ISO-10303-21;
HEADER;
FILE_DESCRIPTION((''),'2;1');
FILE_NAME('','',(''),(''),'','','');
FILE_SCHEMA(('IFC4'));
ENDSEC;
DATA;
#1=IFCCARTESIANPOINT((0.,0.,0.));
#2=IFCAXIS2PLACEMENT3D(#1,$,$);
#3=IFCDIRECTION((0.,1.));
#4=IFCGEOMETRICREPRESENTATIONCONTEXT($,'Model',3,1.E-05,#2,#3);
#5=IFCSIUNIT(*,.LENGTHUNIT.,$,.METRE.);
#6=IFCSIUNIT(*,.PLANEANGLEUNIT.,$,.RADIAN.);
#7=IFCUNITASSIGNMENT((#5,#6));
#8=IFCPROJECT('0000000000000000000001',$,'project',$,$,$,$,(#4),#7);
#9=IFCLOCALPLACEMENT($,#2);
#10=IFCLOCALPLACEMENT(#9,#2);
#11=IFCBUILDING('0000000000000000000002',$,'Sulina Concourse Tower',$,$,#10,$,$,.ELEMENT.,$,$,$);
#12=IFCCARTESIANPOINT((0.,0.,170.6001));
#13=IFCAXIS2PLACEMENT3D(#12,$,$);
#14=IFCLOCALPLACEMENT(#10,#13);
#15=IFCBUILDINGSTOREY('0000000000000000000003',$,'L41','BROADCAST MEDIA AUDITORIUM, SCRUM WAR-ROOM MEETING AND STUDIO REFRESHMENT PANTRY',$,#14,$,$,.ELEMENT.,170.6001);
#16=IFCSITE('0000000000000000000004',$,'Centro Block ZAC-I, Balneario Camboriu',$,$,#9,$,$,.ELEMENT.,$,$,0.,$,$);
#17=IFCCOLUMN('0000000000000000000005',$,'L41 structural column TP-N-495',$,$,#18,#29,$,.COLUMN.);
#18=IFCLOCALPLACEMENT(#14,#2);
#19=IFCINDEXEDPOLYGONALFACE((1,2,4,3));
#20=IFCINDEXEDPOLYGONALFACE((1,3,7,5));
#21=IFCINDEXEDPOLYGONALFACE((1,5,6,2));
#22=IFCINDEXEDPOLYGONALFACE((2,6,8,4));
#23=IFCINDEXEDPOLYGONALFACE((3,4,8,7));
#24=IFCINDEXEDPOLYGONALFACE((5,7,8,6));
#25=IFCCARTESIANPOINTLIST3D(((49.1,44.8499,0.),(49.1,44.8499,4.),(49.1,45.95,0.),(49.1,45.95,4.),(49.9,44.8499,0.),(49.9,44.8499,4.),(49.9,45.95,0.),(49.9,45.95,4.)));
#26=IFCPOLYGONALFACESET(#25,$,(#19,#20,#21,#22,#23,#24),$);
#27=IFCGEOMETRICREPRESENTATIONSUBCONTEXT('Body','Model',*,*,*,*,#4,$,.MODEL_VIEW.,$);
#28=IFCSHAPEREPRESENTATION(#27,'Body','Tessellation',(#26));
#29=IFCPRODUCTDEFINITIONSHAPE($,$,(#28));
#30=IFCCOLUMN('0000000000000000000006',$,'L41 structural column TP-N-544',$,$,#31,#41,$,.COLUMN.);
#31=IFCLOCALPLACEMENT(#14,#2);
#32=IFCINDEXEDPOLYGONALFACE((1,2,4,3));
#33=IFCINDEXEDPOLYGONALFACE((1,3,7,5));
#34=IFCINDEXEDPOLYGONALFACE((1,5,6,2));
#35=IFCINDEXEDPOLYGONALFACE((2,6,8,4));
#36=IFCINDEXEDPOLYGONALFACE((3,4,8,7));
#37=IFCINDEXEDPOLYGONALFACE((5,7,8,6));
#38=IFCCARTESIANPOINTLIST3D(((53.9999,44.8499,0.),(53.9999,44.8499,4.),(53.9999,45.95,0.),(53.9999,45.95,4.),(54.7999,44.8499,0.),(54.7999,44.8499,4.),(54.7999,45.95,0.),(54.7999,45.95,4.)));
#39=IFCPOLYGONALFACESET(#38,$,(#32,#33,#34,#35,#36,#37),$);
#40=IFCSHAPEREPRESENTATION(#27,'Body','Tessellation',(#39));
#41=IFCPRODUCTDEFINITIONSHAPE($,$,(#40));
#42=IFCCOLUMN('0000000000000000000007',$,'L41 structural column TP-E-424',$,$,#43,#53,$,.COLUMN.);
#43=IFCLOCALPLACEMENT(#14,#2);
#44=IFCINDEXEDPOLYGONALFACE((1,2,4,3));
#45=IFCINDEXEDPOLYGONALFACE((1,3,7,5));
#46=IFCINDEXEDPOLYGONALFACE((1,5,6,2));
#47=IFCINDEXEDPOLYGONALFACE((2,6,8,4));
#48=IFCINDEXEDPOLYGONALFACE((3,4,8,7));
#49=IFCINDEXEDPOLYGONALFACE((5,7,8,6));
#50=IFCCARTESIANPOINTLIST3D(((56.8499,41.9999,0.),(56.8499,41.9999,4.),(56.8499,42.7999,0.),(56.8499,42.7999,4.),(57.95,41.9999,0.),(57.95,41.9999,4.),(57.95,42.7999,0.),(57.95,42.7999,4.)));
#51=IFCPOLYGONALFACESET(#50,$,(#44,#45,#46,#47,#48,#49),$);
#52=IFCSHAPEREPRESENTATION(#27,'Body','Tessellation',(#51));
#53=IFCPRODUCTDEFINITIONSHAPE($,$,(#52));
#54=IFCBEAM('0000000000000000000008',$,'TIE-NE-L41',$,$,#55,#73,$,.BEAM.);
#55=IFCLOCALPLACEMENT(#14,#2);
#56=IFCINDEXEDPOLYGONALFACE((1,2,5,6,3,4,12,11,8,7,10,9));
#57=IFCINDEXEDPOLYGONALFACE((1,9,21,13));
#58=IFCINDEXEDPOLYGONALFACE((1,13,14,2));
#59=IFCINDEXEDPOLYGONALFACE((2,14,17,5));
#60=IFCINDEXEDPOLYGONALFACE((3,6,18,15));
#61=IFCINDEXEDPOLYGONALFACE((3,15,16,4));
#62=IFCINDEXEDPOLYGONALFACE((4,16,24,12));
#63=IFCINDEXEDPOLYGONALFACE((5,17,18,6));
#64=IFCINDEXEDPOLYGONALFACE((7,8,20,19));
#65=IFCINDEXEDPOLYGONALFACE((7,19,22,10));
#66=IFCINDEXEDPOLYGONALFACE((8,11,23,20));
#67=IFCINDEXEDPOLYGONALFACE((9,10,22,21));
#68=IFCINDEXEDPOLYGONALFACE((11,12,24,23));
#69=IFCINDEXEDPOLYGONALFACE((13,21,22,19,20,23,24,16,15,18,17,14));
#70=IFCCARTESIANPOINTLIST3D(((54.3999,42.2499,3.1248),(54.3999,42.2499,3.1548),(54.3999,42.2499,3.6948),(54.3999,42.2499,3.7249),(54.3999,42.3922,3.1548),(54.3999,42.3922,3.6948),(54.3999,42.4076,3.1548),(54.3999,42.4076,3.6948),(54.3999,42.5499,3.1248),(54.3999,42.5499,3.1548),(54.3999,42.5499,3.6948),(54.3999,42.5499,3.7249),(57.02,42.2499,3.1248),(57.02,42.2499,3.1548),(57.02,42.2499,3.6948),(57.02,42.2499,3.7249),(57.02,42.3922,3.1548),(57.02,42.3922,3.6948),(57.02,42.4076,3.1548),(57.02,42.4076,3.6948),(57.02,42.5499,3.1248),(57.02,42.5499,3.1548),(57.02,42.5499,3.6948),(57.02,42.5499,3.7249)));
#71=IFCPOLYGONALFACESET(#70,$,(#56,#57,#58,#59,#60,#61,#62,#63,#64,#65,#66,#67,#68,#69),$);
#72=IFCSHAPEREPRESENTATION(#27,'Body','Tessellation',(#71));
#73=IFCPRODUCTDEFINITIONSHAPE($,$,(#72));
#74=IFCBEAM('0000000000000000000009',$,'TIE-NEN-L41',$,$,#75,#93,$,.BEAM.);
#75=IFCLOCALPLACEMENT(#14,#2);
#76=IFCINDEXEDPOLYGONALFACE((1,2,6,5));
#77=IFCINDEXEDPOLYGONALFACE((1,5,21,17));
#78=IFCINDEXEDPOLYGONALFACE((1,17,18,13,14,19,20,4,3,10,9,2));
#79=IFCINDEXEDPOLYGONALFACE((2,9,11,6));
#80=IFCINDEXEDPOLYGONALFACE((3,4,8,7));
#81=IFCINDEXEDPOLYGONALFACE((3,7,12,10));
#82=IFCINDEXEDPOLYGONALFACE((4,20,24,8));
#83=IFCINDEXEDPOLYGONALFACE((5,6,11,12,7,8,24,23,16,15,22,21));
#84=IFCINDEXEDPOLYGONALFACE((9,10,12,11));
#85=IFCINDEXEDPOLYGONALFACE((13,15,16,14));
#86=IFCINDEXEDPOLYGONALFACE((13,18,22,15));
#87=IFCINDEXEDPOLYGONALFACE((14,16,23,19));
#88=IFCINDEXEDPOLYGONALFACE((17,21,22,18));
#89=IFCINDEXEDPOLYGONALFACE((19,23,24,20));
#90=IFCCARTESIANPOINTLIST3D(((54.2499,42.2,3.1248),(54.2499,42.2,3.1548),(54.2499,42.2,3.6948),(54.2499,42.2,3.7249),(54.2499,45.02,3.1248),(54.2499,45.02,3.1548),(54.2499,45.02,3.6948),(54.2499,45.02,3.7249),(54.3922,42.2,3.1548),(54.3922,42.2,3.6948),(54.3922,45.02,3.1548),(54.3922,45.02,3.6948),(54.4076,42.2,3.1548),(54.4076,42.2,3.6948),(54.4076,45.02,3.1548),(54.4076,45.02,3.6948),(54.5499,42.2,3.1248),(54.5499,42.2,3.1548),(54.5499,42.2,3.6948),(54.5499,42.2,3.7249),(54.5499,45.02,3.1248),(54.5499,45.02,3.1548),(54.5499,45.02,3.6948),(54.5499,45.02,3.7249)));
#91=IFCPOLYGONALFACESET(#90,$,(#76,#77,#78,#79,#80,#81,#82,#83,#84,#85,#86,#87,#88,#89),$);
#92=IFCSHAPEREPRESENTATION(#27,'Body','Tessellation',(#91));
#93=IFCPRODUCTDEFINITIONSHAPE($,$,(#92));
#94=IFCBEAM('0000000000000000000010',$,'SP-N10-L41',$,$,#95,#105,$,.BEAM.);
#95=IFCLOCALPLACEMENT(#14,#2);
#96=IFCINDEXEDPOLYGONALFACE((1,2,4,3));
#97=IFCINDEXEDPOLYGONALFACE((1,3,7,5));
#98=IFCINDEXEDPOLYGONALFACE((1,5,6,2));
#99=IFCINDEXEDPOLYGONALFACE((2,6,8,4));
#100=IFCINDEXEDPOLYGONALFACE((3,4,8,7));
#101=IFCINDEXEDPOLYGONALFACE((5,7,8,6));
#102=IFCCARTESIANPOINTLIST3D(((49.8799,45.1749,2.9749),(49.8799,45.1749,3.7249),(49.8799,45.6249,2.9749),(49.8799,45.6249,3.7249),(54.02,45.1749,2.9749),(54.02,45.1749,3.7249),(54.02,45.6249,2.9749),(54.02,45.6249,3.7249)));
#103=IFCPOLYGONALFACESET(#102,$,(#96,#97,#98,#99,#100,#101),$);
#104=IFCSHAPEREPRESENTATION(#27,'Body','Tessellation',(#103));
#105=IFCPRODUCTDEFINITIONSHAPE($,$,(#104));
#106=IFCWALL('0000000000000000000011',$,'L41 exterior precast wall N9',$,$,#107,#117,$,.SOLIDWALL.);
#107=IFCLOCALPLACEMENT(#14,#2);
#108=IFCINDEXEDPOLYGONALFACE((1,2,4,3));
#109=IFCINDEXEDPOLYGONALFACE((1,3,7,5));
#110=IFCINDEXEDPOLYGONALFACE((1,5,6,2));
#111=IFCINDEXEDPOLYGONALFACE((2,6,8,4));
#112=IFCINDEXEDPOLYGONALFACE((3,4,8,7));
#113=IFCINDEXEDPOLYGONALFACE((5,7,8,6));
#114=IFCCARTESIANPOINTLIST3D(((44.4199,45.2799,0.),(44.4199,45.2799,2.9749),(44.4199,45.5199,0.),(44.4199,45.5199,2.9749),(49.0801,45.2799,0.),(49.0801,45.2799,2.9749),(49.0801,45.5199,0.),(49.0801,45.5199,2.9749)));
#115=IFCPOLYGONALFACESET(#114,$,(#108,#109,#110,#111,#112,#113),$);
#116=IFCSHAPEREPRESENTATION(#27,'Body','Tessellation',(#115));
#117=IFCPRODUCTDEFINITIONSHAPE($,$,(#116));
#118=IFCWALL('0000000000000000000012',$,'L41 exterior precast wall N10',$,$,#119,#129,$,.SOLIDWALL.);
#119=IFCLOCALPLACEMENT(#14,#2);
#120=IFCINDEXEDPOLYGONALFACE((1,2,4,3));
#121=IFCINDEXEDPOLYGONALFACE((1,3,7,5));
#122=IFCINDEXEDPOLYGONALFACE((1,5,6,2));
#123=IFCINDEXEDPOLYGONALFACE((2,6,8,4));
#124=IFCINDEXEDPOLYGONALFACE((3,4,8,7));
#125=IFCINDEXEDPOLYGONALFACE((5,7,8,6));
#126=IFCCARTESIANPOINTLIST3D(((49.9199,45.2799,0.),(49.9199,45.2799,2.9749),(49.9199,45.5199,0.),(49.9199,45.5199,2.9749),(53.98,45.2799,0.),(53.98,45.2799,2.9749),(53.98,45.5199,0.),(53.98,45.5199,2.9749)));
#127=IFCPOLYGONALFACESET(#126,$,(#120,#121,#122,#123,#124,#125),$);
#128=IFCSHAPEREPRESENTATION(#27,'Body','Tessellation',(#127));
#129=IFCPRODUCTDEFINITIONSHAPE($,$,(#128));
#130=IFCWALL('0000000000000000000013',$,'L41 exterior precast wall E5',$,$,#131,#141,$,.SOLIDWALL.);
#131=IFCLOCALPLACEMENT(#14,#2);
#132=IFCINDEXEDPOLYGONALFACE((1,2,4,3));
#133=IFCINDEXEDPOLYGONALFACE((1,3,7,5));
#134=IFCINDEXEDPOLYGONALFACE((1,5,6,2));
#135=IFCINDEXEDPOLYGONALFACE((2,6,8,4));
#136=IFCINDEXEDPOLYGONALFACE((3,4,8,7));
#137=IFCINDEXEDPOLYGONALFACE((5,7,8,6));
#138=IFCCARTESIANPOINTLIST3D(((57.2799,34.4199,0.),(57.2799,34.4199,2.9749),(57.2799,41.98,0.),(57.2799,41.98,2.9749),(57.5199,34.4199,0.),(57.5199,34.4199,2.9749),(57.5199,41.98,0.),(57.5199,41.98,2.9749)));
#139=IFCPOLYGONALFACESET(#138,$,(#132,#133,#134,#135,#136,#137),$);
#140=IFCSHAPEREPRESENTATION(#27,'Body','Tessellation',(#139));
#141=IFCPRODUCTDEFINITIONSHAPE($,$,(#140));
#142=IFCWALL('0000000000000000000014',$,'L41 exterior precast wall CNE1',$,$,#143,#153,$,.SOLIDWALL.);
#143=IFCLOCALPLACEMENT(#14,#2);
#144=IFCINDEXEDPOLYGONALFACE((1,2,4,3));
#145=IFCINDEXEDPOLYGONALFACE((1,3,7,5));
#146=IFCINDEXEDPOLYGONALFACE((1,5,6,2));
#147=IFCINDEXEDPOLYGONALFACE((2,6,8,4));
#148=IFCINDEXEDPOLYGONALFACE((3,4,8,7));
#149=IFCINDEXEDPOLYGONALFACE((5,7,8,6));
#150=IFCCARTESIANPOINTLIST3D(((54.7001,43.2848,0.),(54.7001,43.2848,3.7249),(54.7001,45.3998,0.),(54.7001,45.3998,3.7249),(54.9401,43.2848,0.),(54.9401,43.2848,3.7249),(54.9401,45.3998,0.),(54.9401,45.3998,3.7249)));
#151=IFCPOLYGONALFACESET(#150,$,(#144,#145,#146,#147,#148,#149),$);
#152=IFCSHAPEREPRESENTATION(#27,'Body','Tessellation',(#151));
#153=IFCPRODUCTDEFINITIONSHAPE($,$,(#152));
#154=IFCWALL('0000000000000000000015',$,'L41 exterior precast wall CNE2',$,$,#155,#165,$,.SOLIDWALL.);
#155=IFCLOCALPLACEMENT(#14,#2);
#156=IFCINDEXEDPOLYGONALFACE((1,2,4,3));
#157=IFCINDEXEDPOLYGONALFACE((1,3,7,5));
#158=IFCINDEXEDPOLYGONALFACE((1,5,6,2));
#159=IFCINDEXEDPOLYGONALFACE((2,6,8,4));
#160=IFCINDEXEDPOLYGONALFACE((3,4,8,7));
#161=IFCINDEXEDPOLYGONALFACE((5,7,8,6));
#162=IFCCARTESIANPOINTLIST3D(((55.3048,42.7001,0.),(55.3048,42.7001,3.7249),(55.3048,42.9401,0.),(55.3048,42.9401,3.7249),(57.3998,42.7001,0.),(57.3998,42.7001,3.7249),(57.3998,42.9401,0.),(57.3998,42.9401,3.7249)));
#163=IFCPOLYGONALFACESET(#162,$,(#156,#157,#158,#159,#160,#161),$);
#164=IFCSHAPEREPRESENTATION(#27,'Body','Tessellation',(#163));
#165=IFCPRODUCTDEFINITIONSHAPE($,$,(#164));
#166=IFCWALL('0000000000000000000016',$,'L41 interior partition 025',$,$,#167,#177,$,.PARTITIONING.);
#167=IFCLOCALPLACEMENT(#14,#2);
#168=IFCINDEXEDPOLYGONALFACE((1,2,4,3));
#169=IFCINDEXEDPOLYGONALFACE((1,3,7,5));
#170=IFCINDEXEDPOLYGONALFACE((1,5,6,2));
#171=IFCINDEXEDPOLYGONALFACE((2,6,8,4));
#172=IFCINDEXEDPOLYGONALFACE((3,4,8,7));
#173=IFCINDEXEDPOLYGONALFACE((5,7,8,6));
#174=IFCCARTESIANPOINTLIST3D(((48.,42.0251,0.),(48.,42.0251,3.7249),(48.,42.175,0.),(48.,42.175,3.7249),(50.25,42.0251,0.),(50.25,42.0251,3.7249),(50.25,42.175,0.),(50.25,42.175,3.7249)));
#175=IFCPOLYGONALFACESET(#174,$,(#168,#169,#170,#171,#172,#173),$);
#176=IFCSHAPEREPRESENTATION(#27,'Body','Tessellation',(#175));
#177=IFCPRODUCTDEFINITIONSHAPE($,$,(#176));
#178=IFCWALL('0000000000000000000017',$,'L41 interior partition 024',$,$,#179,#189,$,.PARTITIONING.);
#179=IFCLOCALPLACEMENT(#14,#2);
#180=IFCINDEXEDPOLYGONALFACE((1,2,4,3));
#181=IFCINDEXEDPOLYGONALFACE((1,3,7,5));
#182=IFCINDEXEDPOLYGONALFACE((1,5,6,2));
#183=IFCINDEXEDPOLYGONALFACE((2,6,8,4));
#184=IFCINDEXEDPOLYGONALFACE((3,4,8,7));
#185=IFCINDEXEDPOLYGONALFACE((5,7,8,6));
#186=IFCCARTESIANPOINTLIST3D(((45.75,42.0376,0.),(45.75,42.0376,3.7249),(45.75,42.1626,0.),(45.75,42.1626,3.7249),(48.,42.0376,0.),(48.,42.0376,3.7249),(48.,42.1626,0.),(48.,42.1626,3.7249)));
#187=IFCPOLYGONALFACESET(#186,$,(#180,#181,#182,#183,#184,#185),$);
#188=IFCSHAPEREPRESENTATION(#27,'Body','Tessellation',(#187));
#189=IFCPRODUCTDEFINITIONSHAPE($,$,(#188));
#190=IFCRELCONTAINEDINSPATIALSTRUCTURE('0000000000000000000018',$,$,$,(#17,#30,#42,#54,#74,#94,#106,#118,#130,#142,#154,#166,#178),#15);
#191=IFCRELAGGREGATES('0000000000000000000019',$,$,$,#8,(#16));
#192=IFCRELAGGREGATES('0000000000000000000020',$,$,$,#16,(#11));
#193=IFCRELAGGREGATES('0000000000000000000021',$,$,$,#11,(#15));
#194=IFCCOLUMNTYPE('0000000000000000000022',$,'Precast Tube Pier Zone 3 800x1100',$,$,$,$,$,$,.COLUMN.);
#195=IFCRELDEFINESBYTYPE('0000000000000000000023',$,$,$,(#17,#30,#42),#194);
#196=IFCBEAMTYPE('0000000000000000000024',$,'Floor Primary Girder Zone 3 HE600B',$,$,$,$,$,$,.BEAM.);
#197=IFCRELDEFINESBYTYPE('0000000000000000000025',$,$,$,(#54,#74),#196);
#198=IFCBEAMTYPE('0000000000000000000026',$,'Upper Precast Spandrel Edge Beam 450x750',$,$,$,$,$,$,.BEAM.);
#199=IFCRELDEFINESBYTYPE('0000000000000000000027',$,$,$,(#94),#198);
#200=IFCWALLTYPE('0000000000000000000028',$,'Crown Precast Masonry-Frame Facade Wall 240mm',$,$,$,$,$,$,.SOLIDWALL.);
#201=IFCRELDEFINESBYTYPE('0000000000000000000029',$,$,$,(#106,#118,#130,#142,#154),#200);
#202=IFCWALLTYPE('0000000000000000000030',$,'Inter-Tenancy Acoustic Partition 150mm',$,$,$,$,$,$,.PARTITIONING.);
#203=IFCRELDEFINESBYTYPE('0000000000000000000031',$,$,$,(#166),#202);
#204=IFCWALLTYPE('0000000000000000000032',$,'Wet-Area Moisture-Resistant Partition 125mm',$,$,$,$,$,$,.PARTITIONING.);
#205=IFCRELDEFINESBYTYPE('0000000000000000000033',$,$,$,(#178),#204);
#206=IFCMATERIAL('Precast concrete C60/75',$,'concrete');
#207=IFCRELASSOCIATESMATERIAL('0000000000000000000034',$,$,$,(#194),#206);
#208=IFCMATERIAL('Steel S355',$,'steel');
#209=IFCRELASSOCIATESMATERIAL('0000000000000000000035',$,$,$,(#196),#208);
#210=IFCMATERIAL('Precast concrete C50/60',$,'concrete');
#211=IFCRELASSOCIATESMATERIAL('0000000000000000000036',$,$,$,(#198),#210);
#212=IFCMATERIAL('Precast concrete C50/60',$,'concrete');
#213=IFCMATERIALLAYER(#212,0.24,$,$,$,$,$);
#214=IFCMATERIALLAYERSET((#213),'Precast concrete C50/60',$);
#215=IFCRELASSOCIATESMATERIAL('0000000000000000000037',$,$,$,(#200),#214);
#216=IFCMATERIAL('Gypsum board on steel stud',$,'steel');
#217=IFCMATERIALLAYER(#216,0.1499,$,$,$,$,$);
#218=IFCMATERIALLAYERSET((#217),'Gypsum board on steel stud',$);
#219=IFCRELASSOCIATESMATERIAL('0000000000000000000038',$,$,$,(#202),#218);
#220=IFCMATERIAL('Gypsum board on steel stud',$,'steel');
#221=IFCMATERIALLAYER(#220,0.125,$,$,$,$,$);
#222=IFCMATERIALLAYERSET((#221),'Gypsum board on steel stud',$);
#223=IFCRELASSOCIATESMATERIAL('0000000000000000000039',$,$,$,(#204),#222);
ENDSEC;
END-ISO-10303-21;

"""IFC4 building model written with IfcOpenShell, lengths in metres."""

from ifc_helpers import new_model, si_unit, direction, frame, frame_2d, origin, origin_2d, place, context, subcontext, project, spatial, rectangle, i_section, extrude, material, layer, layer_set, material_profile, profile_set, type_object, element, save


model = new_model("IFC4")

# Units and contexts
model_context = context("Model", 3, precision=1e-05, world=origin(), true_north=direction((0.0, 1.0)))
body_context = subcontext(model_context, "Body", "Model", "MODEL_VIEW")
ifc_project = project(units=[si_unit("LENGTHUNIT", "METRE"), si_unit("PLANEANGLEUNIT", "RADIAN")], contexts=[model_context])

# Site, building, storey
site_placement = place(None, origin())
site = spatial("IfcSite", under=ifc_project, at=site_placement, Name="Centro Block ZAC-I, Balneario Camboriu", CompositionType="ELEMENT", RefElevation=0.0)
building_placement = place(site_placement, origin())
building = spatial("IfcBuilding", under=site, at=building_placement, Name="Sulina Concourse Tower", CompositionType="ELEMENT")
storey_placement = place(building_placement, frame((0.0, 0.0, 170.6001)))
storey = spatial("IfcBuildingStorey", under=building, at=storey_placement, Name="L41", Description="BROADCAST MEDIA AUDITORIUM, SCRUM WAR-ROOM MEETING AND STUDIO REFRESHMENT PANTRY", CompositionType="ELEMENT", Elevation=170.6001)

# Columns
ifc_material_1 = material(Name="Precast concrete C60/75", Category="concrete")
ifc_material_profile_1 = material_profile(ifc_material_1, rectangle(XDim=0.8, YDim=1.1001, at=origin_2d()), Name="PC 800x1100")
ifc_profile_set_1 = profile_set([ifc_material_profile_1], Name="Precast concrete C60/75")
column_type = type_object("IfcColumnType", Name="Precast Tube Pier Zone 3 800x1100", PredefinedType="COLUMN", material=ifc_profile_set_1)
for number, where, z_axis, x_axis, name in (
    (1, (49.5, 45.3999, 0.0), (0.0, 0.0, 1.0), (1.0, 0.0, 0.0), "L41 structural column TP-N-495"),
    (2, (54.3999, 45.3999, 0.0), (0.0, 0.0, 1.0), (1.0, 0.0, 0.0), "L41 structural column TP-N-544"),
    (3, (57.3999, 42.3999, 0.0), (0.0, 0.0, 1.0), (0.0, 1.0, 0.0), "L41 structural column TP-E-424"),
):
    element("IfcColumn", number, at=place(storey_placement, frame(where, z_axis=z_axis, x_axis=x_axis)), inside=storey, type_object=column_type, Name=name, PredefinedType="COLUMN", context=body_context, shape_type="SweptSolid", body=[
        extrude(rectangle(XDim=0.8, YDim=1.1001, at=origin_2d()), origin(), (0.0, 0.0, 1.0), 4.0),
    ])

# Beams
ifc_material_2 = material(Name="Steel S355", Category="steel")
ifc_material_profile_2 = material_profile(ifc_material_2, i_section(OverallWidth=0.3, OverallDepth=0.6001, WebThickness=0.0154, FlangeThickness=0.03, at=origin_2d()), Name="HE 600 B")
ifc_profile_set_2 = profile_set([ifc_material_profile_2], Name="Steel S355")
beam_type_1 = type_object("IfcBeamType", Name="Floor Primary Girder Zone 3 HE600B", PredefinedType="BEAM", material=ifc_profile_set_2)
beam_1_placement = place(storey_placement, frame((54.3999, 42.3999, 3.4248), z_axis=(1.0, 0.0, 0.0), x_axis=(0.0, 1.0, 0.0)))
element("IfcBeam", 4, at=beam_1_placement, inside=storey, type_object=beam_type_1, Name="TIE-NE-L41", PredefinedType="BEAM", context=body_context, shape_type="SweptSolid", body=[
    extrude(i_section(OverallWidth=0.3, OverallDepth=0.6001, WebThickness=0.0154, FlangeThickness=0.03, at=origin_2d()), origin(), (0.0, 0.0, 1.0), 2.6201),
])
beam_2_placement = place(storey_placement, frame((54.3999, 42.2, 3.4248), z_axis=(0.0, 1.0, 0.0), x_axis=(-1.0, 0.0, 0.0)))
element("IfcBeam", 5, at=beam_2_placement, inside=storey, type_object=beam_type_1, Name="TIE-NEN-L41", PredefinedType="BEAM", context=body_context, shape_type="SweptSolid", body=[
    extrude(i_section(OverallWidth=0.3, OverallDepth=0.6001, WebThickness=0.0154, FlangeThickness=0.03, at=origin_2d()), origin(), (0.0, 0.0, 1.0), 2.8201),
])
ifc_material_3 = material(Name="Precast concrete C50/60", Category="concrete")
ifc_material_profile_3 = material_profile(ifc_material_3, rectangle(XDim=0.45, YDim=0.75, at=origin_2d()), Name="RC 450x750")
ifc_profile_set_3 = profile_set([ifc_material_profile_3], Name="Precast concrete C50/60")
beam_type_2 = type_object("IfcBeamType", Name="Upper Precast Spandrel Edge Beam 450x750", PredefinedType="BEAM", material=ifc_profile_set_3)
beam_3_placement = place(storey_placement, frame((49.8799, 45.3999, 3.3499), z_axis=(1.0, 0.0, 0.0), x_axis=(0.0, 1.0, 0.0)))
element("IfcBeam", 6, at=beam_3_placement, inside=storey, type_object=beam_type_2, Name="SP-N10-L41", PredefinedType="BEAM", context=body_context, shape_type="SweptSolid", body=[
    extrude(rectangle(XDim=0.45, YDim=0.75, at=origin_2d()), origin(), (0.0, 0.0, 1.0), 4.1401),
])

# Walls
ifc_material_4 = material(Name="Precast concrete C50/60", Category="concrete")
ifc_layer_1 = layer(ifc_material_4, 0.24)
ifc_layer_set_1 = layer_set([ifc_layer_1], Name="Precast concrete C50/60")
wall_type_1 = type_object("IfcWallType", Name="Crown Precast Masonry-Frame Facade Wall 240mm", PredefinedType="SOLIDWALL", material=ifc_layer_set_1)
wall_1_placement = place(storey_placement, frame((44.4199, 45.3999, 0.0), z_axis=(0.0, 0.0, 1.0), x_axis=(1.0, 0.0, 0.0)))
element("IfcWall", 7, at=wall_1_placement, inside=storey, type_object=wall_type_1, Name="L41 exterior precast wall N9", PredefinedType="SOLIDWALL", context=body_context, shape_type="SweptSolid", body=[
    extrude(rectangle(XDim=4.6602, YDim=0.24, at=frame_2d((2.3301, 0.0))), origin(), (0.0, 0.0, 1.0), 2.9749),
])
wall_2_placement = place(storey_placement, frame((49.9199, 45.3999, 0.0), z_axis=(0.0, 0.0, 1.0), x_axis=(1.0, 0.0, 0.0)))
element("IfcWall", 8, at=wall_2_placement, inside=storey, type_object=wall_type_1, Name="L41 exterior precast wall N10", PredefinedType="SOLIDWALL", context=body_context, shape_type="SweptSolid", body=[
    extrude(rectangle(XDim=4.0601, YDim=0.24, at=frame_2d((2.03, 0.0))), origin(), (0.0, 0.0, 1.0), 2.9749),
])
wall_3_placement = place(storey_placement, frame((57.3999, 41.98, 0.0), z_axis=(0.0, 0.0, 1.0), x_axis=(0.0, -1.0, 0.0)))
element("IfcWall", 9, at=wall_3_placement, inside=storey, type_object=wall_type_1, Name="L41 exterior precast wall E5", PredefinedType="SOLIDWALL", context=body_context, shape_type="SweptSolid", body=[
    extrude(rectangle(XDim=7.5601, YDim=0.24, at=frame_2d((3.78, 0.0))), origin(), (0.0, 0.0, 1.0), 2.9749),
])
wall_4_placement = place(storey_placement, frame((54.8201, 45.3999, 0.0), z_axis=(0.0, 0.0, 1.0), x_axis=(0.0, -1.0, 0.0)))
element("IfcWall", 10, at=wall_4_placement, inside=storey, type_object=wall_type_1, Name="L41 exterior precast wall CNE1", PredefinedType="SOLIDWALL", context=body_context, shape_type="SweptSolid", body=[
    extrude(rectangle(XDim=2.115, YDim=0.24, at=frame_2d((1.0576, 0.0))), origin(), (0.0, 0.0, 1.0), 3.7249),
])
wall_5_placement = place(storey_placement, frame((55.3049, 42.8201, 0.0), z_axis=(0.0, 0.0, 1.0), x_axis=(1.0, 0.0, 0.0)))
element("IfcWall", 11, at=wall_5_placement, inside=storey, type_object=wall_type_1, Name="L41 exterior precast wall CNE2", PredefinedType="SOLIDWALL", context=body_context, shape_type="SweptSolid", body=[
    extrude(rectangle(XDim=2.095, YDim=0.24, at=frame_2d((1.0474, 0.0))), origin(), (0.0, 0.0, 1.0), 3.7249),
])
ifc_material_5 = material(Name="Gypsum board on steel stud", Category="steel")
ifc_layer_2 = layer(ifc_material_5, 0.1499)
ifc_layer_set_2 = layer_set([ifc_layer_2], Name="Gypsum board on steel stud")
wall_type_2 = type_object("IfcWallType", Name="Inter-Tenancy Acoustic Partition 150mm", PredefinedType="PARTITIONING", material=ifc_layer_set_2)
wall_6_placement = place(storey_placement, frame((48.0, 42.1001, 0.0), z_axis=(0.0, 0.0, 1.0), x_axis=(1.0, 0.0, 0.0)))
element("IfcWall", 12, at=wall_6_placement, inside=storey, type_object=wall_type_2, Name="L41 interior partition 025", PredefinedType="PARTITIONING", context=body_context, shape_type="SweptSolid", body=[
    extrude(rectangle(XDim=2.25, YDim=0.1499, at=frame_2d((1.125, 0.0))), origin(), (0.0, 0.0, 1.0), 3.7249),
])
ifc_material_6 = material(Name="Gypsum board on steel stud", Category="steel")
ifc_layer_3 = layer(ifc_material_6, 0.125)
ifc_layer_set_3 = layer_set([ifc_layer_3], Name="Gypsum board on steel stud")
wall_type_3 = type_object("IfcWallType", Name="Wet-Area Moisture-Resistant Partition 125mm", PredefinedType="PARTITIONING", material=ifc_layer_set_3)
wall_7_placement = place(storey_placement, frame((45.75, 42.1001, 0.0), z_axis=(0.0, 0.0, 1.0), x_axis=(1.0, 0.0, 0.0)))
element("IfcWall", 13, at=wall_7_placement, inside=storey, type_object=wall_type_3, Name="L41 interior partition 024", PredefinedType="PARTITIONING", context=body_context, shape_type="SweptSolid", body=[
    extrude(rectangle(XDim=2.25, YDim=0.125, at=frame_2d((1.125, 0.0))), origin(), (0.0, 0.0, 1.0), 3.7249),
])

save(model, "model.ifc")
